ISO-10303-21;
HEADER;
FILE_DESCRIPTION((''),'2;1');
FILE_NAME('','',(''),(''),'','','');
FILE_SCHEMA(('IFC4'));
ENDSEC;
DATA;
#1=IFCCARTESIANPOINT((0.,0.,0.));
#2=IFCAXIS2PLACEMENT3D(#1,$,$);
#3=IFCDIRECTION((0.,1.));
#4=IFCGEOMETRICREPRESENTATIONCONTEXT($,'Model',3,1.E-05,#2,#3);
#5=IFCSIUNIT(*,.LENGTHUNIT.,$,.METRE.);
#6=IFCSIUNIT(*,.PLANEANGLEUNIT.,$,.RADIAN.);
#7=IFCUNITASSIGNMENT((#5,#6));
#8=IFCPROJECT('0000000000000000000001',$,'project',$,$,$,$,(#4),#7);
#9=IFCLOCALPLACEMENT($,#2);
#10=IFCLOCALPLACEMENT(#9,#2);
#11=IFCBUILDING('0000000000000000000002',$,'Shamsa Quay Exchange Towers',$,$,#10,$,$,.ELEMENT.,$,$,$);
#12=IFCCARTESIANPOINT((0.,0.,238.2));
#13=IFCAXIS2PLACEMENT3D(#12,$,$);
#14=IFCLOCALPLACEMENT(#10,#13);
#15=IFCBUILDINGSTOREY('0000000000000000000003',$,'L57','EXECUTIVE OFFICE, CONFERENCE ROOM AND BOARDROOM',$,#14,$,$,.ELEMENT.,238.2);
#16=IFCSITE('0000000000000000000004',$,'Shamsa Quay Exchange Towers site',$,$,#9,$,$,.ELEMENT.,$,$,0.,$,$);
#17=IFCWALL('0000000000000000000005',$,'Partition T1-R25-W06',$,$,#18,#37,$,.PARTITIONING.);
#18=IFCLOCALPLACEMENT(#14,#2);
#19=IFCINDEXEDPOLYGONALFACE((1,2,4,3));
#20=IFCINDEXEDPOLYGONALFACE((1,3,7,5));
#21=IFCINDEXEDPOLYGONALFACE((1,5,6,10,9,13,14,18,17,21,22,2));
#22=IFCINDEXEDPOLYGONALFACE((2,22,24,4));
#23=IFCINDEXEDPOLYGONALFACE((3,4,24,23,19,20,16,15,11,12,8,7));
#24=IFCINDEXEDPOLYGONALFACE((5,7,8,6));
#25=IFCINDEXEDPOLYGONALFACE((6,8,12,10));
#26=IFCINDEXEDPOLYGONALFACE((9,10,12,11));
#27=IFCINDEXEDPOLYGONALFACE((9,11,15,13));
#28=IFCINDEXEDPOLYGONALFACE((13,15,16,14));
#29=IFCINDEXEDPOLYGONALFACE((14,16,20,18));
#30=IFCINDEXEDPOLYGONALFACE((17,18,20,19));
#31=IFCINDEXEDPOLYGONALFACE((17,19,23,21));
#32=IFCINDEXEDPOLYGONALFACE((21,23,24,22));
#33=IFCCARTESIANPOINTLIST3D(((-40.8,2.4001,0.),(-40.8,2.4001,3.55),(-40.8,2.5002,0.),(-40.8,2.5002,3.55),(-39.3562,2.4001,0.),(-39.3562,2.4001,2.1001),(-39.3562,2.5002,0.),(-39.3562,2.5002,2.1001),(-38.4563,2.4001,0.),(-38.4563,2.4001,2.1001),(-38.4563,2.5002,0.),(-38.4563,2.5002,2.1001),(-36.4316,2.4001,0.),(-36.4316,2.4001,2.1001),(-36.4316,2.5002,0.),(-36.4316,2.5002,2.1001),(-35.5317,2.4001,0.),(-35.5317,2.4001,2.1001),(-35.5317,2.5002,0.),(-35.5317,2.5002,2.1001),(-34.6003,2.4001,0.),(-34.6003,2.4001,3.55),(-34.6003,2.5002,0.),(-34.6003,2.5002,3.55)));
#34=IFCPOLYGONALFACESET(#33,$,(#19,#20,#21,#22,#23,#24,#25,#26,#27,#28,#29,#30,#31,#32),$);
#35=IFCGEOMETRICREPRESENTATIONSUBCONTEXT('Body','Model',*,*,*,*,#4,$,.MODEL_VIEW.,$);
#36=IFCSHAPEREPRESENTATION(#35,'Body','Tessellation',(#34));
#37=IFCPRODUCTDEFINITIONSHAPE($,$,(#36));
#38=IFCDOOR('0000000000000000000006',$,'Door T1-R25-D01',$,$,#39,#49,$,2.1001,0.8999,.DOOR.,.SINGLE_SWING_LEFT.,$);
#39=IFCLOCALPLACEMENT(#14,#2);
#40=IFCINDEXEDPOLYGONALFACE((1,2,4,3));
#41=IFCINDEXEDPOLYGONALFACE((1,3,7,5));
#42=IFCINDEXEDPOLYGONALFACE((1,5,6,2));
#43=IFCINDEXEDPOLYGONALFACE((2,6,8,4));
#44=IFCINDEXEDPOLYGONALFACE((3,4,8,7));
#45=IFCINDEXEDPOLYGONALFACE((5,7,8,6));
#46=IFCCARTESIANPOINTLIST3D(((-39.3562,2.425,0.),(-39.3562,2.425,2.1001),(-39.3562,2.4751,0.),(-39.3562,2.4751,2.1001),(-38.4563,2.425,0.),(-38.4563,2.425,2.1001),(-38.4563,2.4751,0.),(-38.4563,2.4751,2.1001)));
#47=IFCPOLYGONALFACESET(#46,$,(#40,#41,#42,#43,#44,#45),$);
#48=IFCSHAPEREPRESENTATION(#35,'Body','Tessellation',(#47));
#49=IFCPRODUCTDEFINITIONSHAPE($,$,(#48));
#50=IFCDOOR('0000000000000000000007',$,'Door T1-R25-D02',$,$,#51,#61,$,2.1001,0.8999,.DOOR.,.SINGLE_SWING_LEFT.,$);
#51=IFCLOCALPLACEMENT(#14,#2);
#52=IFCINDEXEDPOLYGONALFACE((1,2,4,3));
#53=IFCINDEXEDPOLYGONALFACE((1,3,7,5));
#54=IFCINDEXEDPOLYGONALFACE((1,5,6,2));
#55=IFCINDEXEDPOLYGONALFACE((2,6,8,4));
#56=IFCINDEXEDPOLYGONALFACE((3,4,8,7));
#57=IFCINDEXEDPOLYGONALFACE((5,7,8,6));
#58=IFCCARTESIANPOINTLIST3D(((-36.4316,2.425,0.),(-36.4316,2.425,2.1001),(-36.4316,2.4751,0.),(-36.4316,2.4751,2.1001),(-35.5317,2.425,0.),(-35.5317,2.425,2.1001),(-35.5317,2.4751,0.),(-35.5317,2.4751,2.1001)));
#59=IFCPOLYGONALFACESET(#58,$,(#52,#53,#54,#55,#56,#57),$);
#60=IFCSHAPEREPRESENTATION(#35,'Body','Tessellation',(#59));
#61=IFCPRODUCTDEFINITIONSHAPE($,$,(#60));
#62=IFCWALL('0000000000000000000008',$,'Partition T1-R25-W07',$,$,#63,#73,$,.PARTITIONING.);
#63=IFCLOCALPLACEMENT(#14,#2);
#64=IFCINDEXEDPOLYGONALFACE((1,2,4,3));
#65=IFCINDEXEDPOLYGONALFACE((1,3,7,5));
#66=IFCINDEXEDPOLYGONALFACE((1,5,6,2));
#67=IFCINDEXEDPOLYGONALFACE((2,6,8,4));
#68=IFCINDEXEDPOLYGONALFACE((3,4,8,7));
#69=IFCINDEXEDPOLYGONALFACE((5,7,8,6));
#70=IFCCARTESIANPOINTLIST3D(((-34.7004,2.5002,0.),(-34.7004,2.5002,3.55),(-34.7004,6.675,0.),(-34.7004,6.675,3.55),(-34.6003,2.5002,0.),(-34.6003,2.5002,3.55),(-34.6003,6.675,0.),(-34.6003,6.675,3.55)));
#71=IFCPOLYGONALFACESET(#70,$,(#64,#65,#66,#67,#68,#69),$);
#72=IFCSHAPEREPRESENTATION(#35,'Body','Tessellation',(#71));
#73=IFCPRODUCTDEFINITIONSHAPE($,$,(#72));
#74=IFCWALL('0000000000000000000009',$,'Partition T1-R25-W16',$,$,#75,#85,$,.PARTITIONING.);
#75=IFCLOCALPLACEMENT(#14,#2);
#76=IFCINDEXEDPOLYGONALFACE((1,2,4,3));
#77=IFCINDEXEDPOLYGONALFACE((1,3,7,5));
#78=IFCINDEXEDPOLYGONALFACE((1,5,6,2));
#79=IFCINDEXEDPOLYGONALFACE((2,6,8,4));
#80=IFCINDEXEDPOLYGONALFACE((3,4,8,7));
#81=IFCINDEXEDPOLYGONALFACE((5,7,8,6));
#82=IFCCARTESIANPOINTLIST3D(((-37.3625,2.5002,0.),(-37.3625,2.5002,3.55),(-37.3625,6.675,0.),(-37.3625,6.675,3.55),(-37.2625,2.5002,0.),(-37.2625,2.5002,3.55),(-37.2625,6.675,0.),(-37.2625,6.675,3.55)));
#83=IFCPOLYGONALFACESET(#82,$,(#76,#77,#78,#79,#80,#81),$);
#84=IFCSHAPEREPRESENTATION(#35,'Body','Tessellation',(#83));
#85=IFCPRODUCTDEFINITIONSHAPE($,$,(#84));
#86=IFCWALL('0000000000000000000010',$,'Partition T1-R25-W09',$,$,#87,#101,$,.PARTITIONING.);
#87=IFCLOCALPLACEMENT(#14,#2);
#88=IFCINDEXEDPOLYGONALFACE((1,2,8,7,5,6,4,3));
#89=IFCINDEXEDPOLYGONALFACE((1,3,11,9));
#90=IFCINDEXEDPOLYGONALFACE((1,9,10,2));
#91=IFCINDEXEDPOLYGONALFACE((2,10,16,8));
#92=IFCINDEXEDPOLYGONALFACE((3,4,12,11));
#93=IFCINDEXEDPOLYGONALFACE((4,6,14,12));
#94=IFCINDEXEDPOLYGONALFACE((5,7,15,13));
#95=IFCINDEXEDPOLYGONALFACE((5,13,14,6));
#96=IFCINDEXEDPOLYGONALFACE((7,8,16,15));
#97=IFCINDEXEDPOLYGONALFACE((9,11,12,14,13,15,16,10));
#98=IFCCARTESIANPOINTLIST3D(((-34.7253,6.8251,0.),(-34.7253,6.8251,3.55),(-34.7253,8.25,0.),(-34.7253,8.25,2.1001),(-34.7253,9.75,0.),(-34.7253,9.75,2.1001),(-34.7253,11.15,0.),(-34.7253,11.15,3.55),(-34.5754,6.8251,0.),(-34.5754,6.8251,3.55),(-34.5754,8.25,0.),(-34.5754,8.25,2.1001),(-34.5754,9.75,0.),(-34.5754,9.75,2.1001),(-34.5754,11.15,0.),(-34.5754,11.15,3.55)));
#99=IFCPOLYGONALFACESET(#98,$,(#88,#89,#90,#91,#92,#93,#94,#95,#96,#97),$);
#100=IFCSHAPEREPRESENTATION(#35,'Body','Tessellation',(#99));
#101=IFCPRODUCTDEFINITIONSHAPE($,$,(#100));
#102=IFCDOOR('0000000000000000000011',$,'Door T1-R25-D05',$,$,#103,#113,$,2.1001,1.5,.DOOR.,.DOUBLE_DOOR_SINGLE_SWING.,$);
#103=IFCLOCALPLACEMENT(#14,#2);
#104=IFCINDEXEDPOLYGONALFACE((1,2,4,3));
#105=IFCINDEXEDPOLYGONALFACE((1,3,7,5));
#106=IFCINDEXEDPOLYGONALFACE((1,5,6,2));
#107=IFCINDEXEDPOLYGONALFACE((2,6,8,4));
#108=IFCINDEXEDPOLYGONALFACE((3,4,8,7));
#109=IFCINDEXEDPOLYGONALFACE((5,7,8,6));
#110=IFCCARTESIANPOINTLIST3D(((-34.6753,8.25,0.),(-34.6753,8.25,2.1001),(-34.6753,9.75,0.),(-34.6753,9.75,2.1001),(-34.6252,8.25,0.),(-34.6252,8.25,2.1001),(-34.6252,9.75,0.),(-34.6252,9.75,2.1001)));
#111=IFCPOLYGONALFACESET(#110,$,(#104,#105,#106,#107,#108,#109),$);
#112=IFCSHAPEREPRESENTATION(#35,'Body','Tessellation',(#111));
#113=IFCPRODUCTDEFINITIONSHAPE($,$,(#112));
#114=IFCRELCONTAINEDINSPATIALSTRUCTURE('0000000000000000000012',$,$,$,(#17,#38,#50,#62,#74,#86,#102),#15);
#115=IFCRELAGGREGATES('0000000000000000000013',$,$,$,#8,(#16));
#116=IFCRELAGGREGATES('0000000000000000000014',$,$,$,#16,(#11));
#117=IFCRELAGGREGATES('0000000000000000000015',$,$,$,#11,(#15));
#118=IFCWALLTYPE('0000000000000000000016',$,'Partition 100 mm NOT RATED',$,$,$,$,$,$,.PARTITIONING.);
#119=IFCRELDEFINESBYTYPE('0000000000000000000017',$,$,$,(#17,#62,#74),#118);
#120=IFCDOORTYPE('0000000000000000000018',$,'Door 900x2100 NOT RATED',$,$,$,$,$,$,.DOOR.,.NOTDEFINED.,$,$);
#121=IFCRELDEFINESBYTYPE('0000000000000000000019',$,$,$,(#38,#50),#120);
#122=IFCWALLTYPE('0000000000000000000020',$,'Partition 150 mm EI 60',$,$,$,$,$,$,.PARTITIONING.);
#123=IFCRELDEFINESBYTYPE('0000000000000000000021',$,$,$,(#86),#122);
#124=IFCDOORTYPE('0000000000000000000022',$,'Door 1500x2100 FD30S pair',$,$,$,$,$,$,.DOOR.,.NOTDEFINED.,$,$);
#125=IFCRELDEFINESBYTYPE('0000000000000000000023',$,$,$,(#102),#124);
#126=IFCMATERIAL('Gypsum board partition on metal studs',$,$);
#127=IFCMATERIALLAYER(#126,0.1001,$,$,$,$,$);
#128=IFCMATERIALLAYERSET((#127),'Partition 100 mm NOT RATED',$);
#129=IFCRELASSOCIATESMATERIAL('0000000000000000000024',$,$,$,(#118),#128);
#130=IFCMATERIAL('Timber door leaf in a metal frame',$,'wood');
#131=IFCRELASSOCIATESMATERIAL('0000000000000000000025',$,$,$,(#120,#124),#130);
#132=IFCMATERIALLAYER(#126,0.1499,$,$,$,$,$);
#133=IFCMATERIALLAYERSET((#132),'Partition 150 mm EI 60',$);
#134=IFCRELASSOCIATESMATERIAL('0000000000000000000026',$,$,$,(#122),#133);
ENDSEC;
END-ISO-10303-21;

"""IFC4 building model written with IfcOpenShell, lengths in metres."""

from ifc_helpers import new_model, si_unit, direction, frame, frame_2d, origin, place, context, subcontext, project, spatial, rectangle, extrude, material, layer, layer_set, type_object, element, fill, save


model = new_model("IFC4")

# Units and contexts
model_context = context("Model", 3, precision=1e-05, world=origin(), true_north=direction((0.0, 1.0)))
body_context = subcontext(model_context, "Body", "Model", "MODEL_VIEW")
ifc_project = project(units=[si_unit("LENGTHUNIT", "METRE"), si_unit("PLANEANGLEUNIT", "RADIAN")], contexts=[model_context])

# Site, building, storey
site_placement = place(None, origin())
site = spatial("IfcSite", under=ifc_project, at=site_placement, Name="Shamsa Quay Exchange Towers site", CompositionType="ELEMENT", RefElevation=0.0)
building_placement = place(site_placement, origin())
building = spatial("IfcBuilding", under=site, at=building_placement, Name="Shamsa Quay Exchange Towers", CompositionType="ELEMENT")
storey_placement = place(building_placement, frame((0.0, 0.0, 238.2)))
storey = spatial("IfcBuildingStorey", under=building, at=storey_placement, Name="L57", Description="EXECUTIVE OFFICE, CONFERENCE ROOM AND BOARDROOM", CompositionType="ELEMENT", Elevation=238.2)

# Shared definitions
ifc_material_1 = material(Name="Timber door leaf in a metal frame", Category="wood")

# Wall, openings, doors
ifc_material_2 = material(Name="Gypsum board partition on metal studs")
ifc_layer_1 = layer(ifc_material_2, 0.1001)
ifc_layer_set_1 = layer_set([ifc_layer_1], Name="Partition 100 mm NOT RATED")
wall_type_1 = type_object("IfcWallType", Name="Partition 100 mm NOT RATED", PredefinedType="PARTITIONING", material=ifc_layer_set_1)
wall_1_placement = place(storey_placement, frame((-40.8, 2.4502, 0.0)))
wall_1 = element("IfcWall", 1, at=wall_1_placement, inside=storey, type_object=wall_type_1, Name="Partition T1-R25-W06", PredefinedType="PARTITIONING", context=body_context, shape_type="SweptSolid", body=[
    extrude(rectangle(XDim=6.1997, YDim=0.1001, at=frame_2d((3.0999, 0.0))), origin(), (0.0, 0.0, 1.0), 3.55),
])
opening_1_placement = place(wall_1_placement, frame((1.4438, 0.0, 0.0)))
opening_1 = element("IfcOpeningElement", 2, at=opening_1_placement, cuts=wall_1, PredefinedType="OPENING", context=body_context, shape_type="SweptSolid", body=[
    extrude(rectangle(XDim=0.8999, YDim=2.1001, at=frame_2d((0.45, 1.05))), frame((0.0, 0.0601, 0.0), z_axis=(0.0, -1.0, 0.0), x_axis=(1.0, 0.0, 0.0)), (0.0, 0.0, 1.0), 0.1201),
])
opening_2_placement = place(wall_1_placement, frame((4.3684, 0.0, 0.0)))
opening_2 = element("IfcOpeningElement", 3, at=opening_2_placement, cuts=wall_1, PredefinedType="OPENING", context=body_context, shape_type="SweptSolid", body=[
    extrude(rectangle(XDim=0.8999, YDim=2.1001, at=frame_2d((0.45, 1.05))), frame((0.0, 0.0601, 0.0), z_axis=(0.0, -1.0, 0.0), x_axis=(1.0, 0.0, 0.0)), (0.0, 0.0, 1.0), 0.1201),
])
door_type_1 = type_object("IfcDoorType", Name="Door 900x2100 NOT RATED", OperationType="NOTDEFINED", PredefinedType="DOOR", material=ifc_material_1)
door_1_placement = place(opening_1_placement, origin())
door_1 = element("IfcDoor", 4, at=door_1_placement, inside=storey, type_object=door_type_1, Name="Door T1-R25-D01", OperationType="SINGLE_SWING_LEFT", OverallHeight=2.1001, OverallWidth=0.8999, PredefinedType="DOOR", context=body_context, shape_type="SweptSolid", body=[
    extrude(rectangle(XDim=0.8999, YDim=2.1001, at=frame_2d((0.45, 1.05))), frame((0.0, 0.0249, 0.0), z_axis=(0.0, -1.0, 0.0), x_axis=(1.0, 0.0, 0.0)), (0.0, 0.0, 1.0), 0.05),
])
fill(opening_1, door_1)
door_2_placement = place(opening_2_placement, origin())
door_2 = element("IfcDoor", 5, at=door_2_placement, inside=storey, type_object=door_type_1, Name="Door T1-R25-D02", OperationType="SINGLE_SWING_LEFT", OverallHeight=2.1001, OverallWidth=0.8999, PredefinedType="DOOR", context=body_context, shape_type="SweptSolid", body=[
    extrude(rectangle(XDim=0.8999, YDim=2.1001, at=frame_2d((0.45, 1.05))), frame((0.0, 0.0249, 0.0), z_axis=(0.0, -1.0, 0.0), x_axis=(1.0, 0.0, 0.0)), (0.0, 0.0, 1.0), 0.05),
])
fill(opening_2, door_2)

# Walls
for number, where, z_axis, x_axis, name in (
    (6, (-34.6504, 2.5002, 0.0), (0.0, 0.0, 1.0), (0.0, 1.0, 0.0), "Partition T1-R25-W07"),
    (7, (-37.3125, 2.5002, 0.0), (0.0, 0.0, 1.0), (0.0, 1.0, 0.0), "Partition T1-R25-W16"),
):
    element("IfcWall", number, at=place(storey_placement, frame(where, z_axis=z_axis, x_axis=x_axis)), inside=storey, type_object=wall_type_1, Name=name, PredefinedType="PARTITIONING", context=body_context, shape_type="SweptSolid", body=[
        extrude(rectangle(XDim=4.1748, YDim=0.1001, at=frame_2d((2.0874, 0.0))), origin(), (0.0, 0.0, 1.0), 3.55),
    ])

# Wall, opening, door
ifc_layer_2 = layer(ifc_material_2, 0.1499)
ifc_layer_set_2 = layer_set([ifc_layer_2], Name="Partition 150 mm EI 60")
wall_type_2 = type_object("IfcWallType", Name="Partition 150 mm EI 60", PredefinedType="PARTITIONING", material=ifc_layer_set_2)
wall_2_placement = place(storey_placement, frame((-34.6504, 6.825, 0.0), z_axis=(0.0, 0.0, 1.0), x_axis=(0.0, 1.0, 0.0)))
wall_2 = element("IfcWall", 8, at=wall_2_placement, inside=storey, type_object=wall_type_2, Name="Partition T1-R25-W09", PredefinedType="PARTITIONING", context=body_context, shape_type="SweptSolid", body=[
    extrude(rectangle(XDim=4.325, YDim=0.1499, at=frame_2d((2.1626, 0.0))), origin(), (0.0, 0.0, 1.0), 3.55),
])
opening_3_placement = place(wall_2_placement, frame((1.425, 0.0, 0.0)))
opening_3 = element("IfcOpeningElement", 9, at=opening_3_placement, cuts=wall_2, PredefinedType="OPENING", context=body_context, shape_type="SweptSolid", body=[
    extrude(rectangle(XDim=1.5, YDim=2.1001, at=frame_2d((0.75, 1.05))), frame((0.0, 0.085, 0.0), z_axis=(0.0, -1.0, 0.0), x_axis=(1.0, 0.0, 0.0)), (0.0, 0.0, 1.0), 0.1699),
])
door_type_2 = type_object("IfcDoorType", Name="Door 1500x2100 FD30S pair", OperationType="NOTDEFINED", PredefinedType="DOOR", material=ifc_material_1)
door_3_placement = place(opening_3_placement, origin())
door_3 = element("IfcDoor", 10, at=door_3_placement, inside=storey, type_object=door_type_2, Name="Door T1-R25-D05", OperationType="DOUBLE_DOOR_SINGLE_SWING", OverallHeight=2.1001, OverallWidth=1.5, PredefinedType="DOOR", context=body_context, shape_type="SweptSolid", body=[
    extrude(rectangle(XDim=1.5, YDim=2.1001, at=frame_2d((0.75, 1.05))), frame((0.0, 0.0249, 0.0), z_axis=(0.0, -1.0, 0.0), x_axis=(1.0, 0.0, 0.0)), (0.0, 0.0, 1.0), 0.05),
])
fill(opening_3, door_3)

save(model, "model.ifc")
